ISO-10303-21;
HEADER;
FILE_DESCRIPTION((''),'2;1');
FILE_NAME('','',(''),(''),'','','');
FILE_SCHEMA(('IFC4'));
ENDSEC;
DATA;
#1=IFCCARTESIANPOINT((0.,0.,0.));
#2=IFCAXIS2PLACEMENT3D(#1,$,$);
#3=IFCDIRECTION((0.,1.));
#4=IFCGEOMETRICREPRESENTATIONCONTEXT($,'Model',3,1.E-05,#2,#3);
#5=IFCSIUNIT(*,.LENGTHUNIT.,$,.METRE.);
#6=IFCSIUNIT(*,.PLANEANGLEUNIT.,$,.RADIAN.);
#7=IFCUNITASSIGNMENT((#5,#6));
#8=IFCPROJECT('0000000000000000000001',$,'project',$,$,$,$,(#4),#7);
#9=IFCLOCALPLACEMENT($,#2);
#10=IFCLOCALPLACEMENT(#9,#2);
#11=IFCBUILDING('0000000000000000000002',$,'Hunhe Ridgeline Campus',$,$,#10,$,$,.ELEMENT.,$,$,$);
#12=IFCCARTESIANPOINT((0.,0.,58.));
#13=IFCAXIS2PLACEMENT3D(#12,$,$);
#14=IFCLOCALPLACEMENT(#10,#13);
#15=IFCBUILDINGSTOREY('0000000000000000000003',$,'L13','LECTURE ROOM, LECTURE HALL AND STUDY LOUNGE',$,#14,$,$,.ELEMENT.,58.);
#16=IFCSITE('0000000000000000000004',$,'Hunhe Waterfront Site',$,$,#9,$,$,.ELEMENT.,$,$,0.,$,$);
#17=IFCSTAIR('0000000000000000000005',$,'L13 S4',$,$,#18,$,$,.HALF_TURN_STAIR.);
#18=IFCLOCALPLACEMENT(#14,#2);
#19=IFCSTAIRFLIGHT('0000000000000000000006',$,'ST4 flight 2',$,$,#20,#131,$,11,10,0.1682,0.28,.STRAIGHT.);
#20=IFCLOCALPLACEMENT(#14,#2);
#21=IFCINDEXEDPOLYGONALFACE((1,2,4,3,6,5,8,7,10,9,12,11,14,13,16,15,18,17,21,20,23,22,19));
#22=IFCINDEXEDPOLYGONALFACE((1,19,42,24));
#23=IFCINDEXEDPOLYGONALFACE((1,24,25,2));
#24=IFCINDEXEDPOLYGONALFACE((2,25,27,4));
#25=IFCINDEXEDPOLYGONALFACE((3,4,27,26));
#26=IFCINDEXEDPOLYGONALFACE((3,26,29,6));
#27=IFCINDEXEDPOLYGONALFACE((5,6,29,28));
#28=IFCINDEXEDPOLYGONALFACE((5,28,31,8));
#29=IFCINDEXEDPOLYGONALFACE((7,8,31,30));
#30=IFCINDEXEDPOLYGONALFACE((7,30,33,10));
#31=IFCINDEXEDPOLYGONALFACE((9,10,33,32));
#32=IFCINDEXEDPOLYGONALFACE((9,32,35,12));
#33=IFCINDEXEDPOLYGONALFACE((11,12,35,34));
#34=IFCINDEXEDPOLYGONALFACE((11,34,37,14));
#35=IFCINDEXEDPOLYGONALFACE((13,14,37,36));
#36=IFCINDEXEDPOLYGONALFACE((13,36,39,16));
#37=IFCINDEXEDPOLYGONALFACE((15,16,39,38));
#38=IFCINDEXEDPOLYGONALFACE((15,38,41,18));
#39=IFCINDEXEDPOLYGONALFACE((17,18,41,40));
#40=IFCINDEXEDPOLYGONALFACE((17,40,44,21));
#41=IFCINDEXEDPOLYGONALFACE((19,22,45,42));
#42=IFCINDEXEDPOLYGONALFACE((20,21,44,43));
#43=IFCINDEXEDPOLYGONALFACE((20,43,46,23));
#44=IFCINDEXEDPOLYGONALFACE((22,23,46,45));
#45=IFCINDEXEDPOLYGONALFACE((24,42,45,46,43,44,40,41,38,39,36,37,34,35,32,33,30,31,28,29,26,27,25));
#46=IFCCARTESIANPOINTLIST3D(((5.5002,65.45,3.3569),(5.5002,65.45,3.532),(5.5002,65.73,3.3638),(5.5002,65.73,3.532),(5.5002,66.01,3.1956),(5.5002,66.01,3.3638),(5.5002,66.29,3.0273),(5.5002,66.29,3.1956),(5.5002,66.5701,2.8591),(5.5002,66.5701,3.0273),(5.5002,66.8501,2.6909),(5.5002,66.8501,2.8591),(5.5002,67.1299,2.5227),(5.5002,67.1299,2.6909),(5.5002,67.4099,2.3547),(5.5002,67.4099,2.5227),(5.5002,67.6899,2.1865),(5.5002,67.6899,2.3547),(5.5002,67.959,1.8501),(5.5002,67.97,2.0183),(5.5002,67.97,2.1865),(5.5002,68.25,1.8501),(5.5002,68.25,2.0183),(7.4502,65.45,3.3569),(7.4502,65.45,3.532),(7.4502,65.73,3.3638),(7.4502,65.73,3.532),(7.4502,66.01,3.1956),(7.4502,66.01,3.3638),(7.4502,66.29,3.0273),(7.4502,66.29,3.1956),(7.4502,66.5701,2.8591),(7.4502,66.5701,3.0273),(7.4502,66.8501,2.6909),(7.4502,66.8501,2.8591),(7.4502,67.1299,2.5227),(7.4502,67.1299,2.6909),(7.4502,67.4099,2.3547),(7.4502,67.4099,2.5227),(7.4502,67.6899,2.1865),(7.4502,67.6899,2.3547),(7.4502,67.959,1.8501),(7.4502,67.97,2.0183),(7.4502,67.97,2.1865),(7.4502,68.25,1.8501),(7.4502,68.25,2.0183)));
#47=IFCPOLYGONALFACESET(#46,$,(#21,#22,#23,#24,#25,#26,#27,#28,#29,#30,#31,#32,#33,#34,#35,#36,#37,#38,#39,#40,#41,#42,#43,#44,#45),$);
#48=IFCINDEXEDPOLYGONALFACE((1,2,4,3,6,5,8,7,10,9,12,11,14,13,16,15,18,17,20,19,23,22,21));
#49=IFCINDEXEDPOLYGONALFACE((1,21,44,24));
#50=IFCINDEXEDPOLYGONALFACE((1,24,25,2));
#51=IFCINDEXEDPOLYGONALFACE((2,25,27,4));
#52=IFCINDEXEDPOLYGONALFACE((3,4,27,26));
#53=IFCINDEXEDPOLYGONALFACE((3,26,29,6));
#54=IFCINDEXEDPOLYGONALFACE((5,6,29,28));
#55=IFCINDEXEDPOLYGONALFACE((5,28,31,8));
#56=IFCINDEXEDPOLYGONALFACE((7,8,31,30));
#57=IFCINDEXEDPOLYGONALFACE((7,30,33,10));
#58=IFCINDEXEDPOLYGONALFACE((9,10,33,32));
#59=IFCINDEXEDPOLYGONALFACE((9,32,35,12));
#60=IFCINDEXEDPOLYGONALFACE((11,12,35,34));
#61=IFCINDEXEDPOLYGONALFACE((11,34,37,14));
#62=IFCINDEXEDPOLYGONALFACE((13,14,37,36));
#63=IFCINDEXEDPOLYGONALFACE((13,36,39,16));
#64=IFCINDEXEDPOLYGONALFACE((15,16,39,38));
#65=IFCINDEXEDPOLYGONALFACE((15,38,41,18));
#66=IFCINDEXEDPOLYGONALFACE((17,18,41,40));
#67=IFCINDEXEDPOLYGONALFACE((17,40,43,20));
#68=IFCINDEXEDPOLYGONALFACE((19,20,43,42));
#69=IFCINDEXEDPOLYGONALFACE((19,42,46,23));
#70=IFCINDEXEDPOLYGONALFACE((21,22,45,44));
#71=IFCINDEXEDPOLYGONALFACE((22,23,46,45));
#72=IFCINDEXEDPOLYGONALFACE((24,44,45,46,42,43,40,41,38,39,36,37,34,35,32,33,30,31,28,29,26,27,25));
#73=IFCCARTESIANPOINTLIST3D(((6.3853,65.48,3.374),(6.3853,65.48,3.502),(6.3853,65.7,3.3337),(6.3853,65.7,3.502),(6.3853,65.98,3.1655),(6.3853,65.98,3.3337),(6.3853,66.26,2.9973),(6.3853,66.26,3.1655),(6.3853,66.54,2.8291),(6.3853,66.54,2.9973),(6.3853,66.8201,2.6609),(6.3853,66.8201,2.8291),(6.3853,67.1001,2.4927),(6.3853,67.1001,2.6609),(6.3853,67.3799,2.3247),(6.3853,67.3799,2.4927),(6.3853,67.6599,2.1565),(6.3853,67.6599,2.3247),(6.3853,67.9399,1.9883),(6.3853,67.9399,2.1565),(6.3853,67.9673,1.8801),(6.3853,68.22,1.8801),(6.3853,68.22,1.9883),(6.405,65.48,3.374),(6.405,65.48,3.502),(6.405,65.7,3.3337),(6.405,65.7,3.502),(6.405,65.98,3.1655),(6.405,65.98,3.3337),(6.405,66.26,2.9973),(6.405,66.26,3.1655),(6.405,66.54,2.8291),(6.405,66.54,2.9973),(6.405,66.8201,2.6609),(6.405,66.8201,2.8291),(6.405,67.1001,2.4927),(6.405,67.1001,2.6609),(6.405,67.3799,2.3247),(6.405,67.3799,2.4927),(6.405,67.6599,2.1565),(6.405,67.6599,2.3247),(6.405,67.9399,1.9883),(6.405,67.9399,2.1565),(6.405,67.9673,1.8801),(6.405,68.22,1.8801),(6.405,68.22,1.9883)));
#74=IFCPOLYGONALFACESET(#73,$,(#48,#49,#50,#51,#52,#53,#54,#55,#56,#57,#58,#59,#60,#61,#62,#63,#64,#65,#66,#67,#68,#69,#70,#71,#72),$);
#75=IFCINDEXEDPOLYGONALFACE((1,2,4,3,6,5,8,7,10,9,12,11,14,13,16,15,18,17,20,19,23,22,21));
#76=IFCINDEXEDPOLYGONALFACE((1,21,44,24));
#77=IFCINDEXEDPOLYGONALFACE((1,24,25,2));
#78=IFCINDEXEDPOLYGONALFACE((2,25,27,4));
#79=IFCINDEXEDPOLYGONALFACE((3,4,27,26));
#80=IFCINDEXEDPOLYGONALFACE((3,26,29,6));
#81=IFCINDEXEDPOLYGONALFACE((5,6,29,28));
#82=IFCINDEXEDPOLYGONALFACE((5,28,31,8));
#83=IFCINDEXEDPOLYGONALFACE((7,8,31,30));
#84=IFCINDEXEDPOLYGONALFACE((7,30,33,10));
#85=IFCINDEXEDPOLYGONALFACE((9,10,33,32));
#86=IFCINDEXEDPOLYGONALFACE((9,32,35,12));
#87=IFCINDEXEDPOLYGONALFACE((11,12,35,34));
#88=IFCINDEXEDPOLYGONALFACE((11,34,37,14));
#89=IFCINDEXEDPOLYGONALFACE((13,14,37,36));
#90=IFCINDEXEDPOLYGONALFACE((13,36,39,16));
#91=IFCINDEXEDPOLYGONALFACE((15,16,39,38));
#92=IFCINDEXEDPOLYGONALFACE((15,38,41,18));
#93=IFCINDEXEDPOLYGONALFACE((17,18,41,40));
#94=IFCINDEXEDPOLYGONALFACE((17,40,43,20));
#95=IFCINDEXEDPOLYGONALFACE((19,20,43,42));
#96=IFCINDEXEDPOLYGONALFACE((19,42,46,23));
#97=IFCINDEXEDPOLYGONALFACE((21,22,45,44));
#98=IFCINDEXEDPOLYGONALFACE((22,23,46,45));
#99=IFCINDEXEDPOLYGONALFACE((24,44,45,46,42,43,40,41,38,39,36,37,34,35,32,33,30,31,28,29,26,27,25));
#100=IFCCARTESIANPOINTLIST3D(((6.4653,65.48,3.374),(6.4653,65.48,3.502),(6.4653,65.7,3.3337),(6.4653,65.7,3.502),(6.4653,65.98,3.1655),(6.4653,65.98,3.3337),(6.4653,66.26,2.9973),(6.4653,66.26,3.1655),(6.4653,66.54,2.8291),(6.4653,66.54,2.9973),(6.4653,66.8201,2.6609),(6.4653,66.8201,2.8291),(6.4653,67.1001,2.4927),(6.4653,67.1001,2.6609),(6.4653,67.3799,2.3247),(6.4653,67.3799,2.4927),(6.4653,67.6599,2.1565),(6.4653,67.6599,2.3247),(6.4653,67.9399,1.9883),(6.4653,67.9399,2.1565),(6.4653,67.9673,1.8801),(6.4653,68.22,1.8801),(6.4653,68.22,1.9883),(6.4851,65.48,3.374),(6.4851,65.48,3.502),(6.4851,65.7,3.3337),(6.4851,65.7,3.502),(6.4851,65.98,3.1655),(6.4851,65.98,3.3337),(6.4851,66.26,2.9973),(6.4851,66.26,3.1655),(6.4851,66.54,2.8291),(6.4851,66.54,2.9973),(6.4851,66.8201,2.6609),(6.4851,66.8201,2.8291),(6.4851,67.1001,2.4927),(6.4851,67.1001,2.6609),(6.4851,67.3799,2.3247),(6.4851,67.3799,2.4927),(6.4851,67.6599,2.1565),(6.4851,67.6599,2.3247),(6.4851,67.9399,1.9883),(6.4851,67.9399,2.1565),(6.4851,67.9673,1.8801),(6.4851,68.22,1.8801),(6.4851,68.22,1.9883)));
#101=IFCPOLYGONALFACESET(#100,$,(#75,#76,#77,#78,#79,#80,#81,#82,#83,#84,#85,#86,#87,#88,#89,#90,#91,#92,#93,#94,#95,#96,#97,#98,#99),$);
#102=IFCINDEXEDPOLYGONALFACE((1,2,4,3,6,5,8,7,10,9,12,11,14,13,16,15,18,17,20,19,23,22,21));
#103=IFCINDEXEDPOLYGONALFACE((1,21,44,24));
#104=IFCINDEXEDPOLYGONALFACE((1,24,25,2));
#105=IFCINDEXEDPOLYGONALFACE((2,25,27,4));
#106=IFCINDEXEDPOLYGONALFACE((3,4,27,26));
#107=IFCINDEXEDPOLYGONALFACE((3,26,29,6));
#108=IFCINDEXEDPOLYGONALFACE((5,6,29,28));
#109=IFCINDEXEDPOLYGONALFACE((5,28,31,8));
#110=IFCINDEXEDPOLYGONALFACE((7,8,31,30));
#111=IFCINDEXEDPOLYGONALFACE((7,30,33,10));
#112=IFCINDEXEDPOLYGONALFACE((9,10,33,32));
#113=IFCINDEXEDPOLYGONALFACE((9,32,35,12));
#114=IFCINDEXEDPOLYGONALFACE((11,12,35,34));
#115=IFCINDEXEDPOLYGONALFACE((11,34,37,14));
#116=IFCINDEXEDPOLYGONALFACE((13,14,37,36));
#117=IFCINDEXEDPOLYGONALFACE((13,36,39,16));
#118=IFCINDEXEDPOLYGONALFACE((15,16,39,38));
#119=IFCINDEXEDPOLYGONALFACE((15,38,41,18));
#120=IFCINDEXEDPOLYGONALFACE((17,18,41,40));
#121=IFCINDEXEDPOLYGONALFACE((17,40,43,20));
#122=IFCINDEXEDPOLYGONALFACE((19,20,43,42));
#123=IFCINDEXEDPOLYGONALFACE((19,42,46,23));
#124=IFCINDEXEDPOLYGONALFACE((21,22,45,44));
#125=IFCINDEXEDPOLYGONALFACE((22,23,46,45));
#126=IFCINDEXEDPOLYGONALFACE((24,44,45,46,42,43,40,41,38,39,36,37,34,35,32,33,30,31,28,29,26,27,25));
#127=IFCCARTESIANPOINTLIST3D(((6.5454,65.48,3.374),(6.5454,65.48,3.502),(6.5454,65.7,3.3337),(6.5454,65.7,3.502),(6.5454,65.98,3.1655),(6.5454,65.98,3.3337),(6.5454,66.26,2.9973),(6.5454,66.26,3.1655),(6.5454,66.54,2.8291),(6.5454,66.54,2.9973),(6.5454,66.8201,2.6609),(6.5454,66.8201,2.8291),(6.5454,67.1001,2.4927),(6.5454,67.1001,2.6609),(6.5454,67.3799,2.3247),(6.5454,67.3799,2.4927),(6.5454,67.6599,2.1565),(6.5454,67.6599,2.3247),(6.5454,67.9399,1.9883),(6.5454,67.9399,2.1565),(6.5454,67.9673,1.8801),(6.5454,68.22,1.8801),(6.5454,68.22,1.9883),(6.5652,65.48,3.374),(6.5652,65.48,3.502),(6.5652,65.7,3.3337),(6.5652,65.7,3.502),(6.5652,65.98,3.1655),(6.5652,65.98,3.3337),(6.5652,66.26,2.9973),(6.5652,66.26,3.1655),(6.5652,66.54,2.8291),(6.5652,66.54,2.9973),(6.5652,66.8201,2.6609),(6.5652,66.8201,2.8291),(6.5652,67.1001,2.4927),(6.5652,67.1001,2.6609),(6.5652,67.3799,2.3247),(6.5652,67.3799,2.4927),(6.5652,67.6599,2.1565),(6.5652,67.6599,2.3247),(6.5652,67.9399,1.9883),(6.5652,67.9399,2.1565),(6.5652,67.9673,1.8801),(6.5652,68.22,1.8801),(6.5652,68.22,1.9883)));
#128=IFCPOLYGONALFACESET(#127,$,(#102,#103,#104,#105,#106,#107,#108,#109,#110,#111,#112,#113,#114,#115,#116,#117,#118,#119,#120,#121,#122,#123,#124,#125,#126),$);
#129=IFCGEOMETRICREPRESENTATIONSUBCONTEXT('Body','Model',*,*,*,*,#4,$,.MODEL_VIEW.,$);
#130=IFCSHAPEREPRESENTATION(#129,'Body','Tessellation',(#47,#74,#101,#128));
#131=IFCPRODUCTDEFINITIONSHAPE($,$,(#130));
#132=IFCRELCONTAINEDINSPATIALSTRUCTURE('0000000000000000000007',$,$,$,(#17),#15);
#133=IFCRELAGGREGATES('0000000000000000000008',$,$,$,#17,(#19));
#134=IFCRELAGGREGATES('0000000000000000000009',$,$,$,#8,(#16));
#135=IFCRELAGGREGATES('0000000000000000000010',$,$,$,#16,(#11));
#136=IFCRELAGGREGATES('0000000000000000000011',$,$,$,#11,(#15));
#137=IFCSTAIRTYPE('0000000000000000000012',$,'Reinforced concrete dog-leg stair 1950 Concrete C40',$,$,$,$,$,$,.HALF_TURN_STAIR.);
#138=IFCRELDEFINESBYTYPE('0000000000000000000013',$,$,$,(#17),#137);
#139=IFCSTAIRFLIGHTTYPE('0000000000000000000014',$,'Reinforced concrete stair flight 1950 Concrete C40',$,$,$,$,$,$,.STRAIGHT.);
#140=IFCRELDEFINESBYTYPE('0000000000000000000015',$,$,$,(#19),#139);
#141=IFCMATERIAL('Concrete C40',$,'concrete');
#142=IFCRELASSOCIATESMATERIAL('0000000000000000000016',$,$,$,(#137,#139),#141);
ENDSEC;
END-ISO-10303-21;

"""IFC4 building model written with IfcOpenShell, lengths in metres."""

from ifc_helpers import new_model, si_unit, direction, frame, origin, place, context, subcontext, project, spatial, polyline, outline, extrude, material, type_object, element, aggregate, save


model = new_model("IFC4")

# Units and contexts
model_context = context("Model", 3, precision=1e-05, world=origin(), true_north=direction((0.0, 1.0)))
body_context = subcontext(model_context, "Body", "Model", "MODEL_VIEW")
ifc_project = project(units=[si_unit("LENGTHUNIT", "METRE"), si_unit("PLANEANGLEUNIT", "RADIAN")], contexts=[model_context])

# Site, building, storey
site_placement = place(None, origin())
site = spatial("IfcSite", under=ifc_project, at=site_placement, Name="Hunhe Waterfront Site", CompositionType="ELEMENT", RefElevation=0.0)
building_placement = place(site_placement, origin())
building = spatial("IfcBuilding", under=site, at=building_placement, Name="Hunhe Ridgeline Campus", CompositionType="ELEMENT")
storey_placement = place(building_placement, frame((0.0, 0.0, 58.0)))
storey = spatial("IfcBuildingStorey", under=building, at=storey_placement, Name="L13", Description="LECTURE ROOM, LECTURE HALL AND STUDY LOUNGE", CompositionType="ELEMENT", Elevation=58.0)

# Stair, stair flight
ifc_material_1 = material(Name="Concrete C40", Category="concrete")
stair_type = type_object("IfcStairType", Name="Reinforced concrete dog-leg stair 1950 Concrete C40", PredefinedType="HALF_TURN_STAIR", material=ifc_material_1)
stair_flight_type = type_object("IfcStairFlightType", Name="Reinforced concrete stair flight 1950 Concrete C40", PredefinedType="STRAIGHT", material=ifc_material_1)
stair_1_placement = place(storey_placement, origin())
stair_1 = element("IfcStair", 1, at=stair_1_placement, inside=storey, type_object=stair_type, Name="L13 S4", PredefinedType="HALF_TURN_STAIR")
stair_flight_1_placement = place(storey_placement, frame((6.4751, 68.25, 1.8501), z_axis=(0.0, 0.0, 1.0), x_axis=(0.0, -1.0, 0.0)))
stair_flight_1 = element("IfcStairFlight", 2, at=stair_flight_1_placement, type_object=stair_flight_type, Name="ST4 flight 2", NumberOfRisers=11, NumberOfTreads=10, PredefinedType="STRAIGHT", RiserHeight=0.1682, TreadLength=0.28, context=body_context, shape_type="SweptSolid", body=[
    extrude(outline(polyline([(0.0, 0.0), (0.0, 0.1682), (0.28, 0.1682), (0.28, 0.3364), (0.5601, 0.3364), (0.5601, 0.5046), (0.8401, 0.5046), (0.8401, 0.6726), (1.1201, 0.6726), (1.1201, 0.8408), (1.3999, 0.8408), (1.3999, 1.009), (1.6799, 1.009), (1.6799, 1.1772), (1.96, 1.1772), (1.96, 1.3455), (2.24, 1.3455), (2.24, 1.5137), (2.52, 1.5137), (2.52, 1.6819), (2.8, 1.6819), (2.8, 1.8501), (2.8, 1.5068), (0.291, 0.0), (0.0, 0.0)])), frame((0.0, 0.9751, 0.0), z_axis=(0.0, -1.0, 0.0), x_axis=(1.0, 0.0, 0.0)), (0.0, 0.0, 1.0), 1.95),
    extrude(outline(polyline([(0.03, 0.03), (0.03, 0.1382), (0.3101, 0.1382), (0.3101, 0.3064), (0.5901, 0.3064), (0.5901, 0.4746), (0.8701, 0.4746), (0.8701, 0.6426), (1.1499, 0.6426), (1.1499, 0.8108), (1.4299, 0.8108), (1.4299, 0.979), (1.71, 0.979), (1.71, 1.1472), (1.99, 1.1472), (1.99, 1.3154), (2.27, 1.3154), (2.27, 1.4836), (2.55, 1.4836), (2.55, 1.6519), (2.77, 1.6519), (2.77, 1.5239), (0.2827, 0.03), (0.03, 0.03)])), frame((0.0, -0.0701, 0.0), z_axis=(0.0, -1.0, 0.0), x_axis=(1.0, 0.0, 0.0)), (0.0, 0.0, 1.0), 0.0198),
    extrude(outline(polyline([(0.03, 0.03), (0.03, 0.1382), (0.3101, 0.1382), (0.3101, 0.3064), (0.5901, 0.3064), (0.5901, 0.4746), (0.8701, 0.4746), (0.8701, 0.6426), (1.1499, 0.6426), (1.1499, 0.8108), (1.4299, 0.8108), (1.4299, 0.979), (1.71, 0.979), (1.71, 1.1472), (1.99, 1.1472), (1.99, 1.3154), (2.27, 1.3154), (2.27, 1.4836), (2.55, 1.4836), (2.55, 1.6519), (2.77, 1.6519), (2.77, 1.5239), (0.2827, 0.03), (0.03, 0.03)])), frame((0.0, 0.01, 0.0), z_axis=(0.0, -1.0, 0.0), x_axis=(1.0, 0.0, 0.0)), (0.0, 0.0, 1.0), 0.0198),
    extrude(outline(polyline([(0.03, 0.03), (0.03, 0.1382), (0.3101, 0.1382), (0.3101, 0.3064), (0.5901, 0.3064), (0.5901, 0.4746), (0.8701, 0.4746), (0.8701, 0.6426), (1.1499, 0.6426), (1.1499, 0.8108), (1.4299, 0.8108), (1.4299, 0.979), (1.71, 0.979), (1.71, 1.1472), (1.99, 1.1472), (1.99, 1.3154), (2.27, 1.3154), (2.27, 1.4836), (2.55, 1.4836), (2.55, 1.6519), (2.77, 1.6519), (2.77, 1.5239), (0.2827, 0.03), (0.03, 0.03)])), frame((0.0, 0.0901, 0.0), z_axis=(0.0, -1.0, 0.0), x_axis=(1.0, 0.0, 0.0)), (0.0, 0.0, 1.0), 0.0198),
])
aggregate(stair_1, [stair_flight_1])

save(model, "model.ifc")
